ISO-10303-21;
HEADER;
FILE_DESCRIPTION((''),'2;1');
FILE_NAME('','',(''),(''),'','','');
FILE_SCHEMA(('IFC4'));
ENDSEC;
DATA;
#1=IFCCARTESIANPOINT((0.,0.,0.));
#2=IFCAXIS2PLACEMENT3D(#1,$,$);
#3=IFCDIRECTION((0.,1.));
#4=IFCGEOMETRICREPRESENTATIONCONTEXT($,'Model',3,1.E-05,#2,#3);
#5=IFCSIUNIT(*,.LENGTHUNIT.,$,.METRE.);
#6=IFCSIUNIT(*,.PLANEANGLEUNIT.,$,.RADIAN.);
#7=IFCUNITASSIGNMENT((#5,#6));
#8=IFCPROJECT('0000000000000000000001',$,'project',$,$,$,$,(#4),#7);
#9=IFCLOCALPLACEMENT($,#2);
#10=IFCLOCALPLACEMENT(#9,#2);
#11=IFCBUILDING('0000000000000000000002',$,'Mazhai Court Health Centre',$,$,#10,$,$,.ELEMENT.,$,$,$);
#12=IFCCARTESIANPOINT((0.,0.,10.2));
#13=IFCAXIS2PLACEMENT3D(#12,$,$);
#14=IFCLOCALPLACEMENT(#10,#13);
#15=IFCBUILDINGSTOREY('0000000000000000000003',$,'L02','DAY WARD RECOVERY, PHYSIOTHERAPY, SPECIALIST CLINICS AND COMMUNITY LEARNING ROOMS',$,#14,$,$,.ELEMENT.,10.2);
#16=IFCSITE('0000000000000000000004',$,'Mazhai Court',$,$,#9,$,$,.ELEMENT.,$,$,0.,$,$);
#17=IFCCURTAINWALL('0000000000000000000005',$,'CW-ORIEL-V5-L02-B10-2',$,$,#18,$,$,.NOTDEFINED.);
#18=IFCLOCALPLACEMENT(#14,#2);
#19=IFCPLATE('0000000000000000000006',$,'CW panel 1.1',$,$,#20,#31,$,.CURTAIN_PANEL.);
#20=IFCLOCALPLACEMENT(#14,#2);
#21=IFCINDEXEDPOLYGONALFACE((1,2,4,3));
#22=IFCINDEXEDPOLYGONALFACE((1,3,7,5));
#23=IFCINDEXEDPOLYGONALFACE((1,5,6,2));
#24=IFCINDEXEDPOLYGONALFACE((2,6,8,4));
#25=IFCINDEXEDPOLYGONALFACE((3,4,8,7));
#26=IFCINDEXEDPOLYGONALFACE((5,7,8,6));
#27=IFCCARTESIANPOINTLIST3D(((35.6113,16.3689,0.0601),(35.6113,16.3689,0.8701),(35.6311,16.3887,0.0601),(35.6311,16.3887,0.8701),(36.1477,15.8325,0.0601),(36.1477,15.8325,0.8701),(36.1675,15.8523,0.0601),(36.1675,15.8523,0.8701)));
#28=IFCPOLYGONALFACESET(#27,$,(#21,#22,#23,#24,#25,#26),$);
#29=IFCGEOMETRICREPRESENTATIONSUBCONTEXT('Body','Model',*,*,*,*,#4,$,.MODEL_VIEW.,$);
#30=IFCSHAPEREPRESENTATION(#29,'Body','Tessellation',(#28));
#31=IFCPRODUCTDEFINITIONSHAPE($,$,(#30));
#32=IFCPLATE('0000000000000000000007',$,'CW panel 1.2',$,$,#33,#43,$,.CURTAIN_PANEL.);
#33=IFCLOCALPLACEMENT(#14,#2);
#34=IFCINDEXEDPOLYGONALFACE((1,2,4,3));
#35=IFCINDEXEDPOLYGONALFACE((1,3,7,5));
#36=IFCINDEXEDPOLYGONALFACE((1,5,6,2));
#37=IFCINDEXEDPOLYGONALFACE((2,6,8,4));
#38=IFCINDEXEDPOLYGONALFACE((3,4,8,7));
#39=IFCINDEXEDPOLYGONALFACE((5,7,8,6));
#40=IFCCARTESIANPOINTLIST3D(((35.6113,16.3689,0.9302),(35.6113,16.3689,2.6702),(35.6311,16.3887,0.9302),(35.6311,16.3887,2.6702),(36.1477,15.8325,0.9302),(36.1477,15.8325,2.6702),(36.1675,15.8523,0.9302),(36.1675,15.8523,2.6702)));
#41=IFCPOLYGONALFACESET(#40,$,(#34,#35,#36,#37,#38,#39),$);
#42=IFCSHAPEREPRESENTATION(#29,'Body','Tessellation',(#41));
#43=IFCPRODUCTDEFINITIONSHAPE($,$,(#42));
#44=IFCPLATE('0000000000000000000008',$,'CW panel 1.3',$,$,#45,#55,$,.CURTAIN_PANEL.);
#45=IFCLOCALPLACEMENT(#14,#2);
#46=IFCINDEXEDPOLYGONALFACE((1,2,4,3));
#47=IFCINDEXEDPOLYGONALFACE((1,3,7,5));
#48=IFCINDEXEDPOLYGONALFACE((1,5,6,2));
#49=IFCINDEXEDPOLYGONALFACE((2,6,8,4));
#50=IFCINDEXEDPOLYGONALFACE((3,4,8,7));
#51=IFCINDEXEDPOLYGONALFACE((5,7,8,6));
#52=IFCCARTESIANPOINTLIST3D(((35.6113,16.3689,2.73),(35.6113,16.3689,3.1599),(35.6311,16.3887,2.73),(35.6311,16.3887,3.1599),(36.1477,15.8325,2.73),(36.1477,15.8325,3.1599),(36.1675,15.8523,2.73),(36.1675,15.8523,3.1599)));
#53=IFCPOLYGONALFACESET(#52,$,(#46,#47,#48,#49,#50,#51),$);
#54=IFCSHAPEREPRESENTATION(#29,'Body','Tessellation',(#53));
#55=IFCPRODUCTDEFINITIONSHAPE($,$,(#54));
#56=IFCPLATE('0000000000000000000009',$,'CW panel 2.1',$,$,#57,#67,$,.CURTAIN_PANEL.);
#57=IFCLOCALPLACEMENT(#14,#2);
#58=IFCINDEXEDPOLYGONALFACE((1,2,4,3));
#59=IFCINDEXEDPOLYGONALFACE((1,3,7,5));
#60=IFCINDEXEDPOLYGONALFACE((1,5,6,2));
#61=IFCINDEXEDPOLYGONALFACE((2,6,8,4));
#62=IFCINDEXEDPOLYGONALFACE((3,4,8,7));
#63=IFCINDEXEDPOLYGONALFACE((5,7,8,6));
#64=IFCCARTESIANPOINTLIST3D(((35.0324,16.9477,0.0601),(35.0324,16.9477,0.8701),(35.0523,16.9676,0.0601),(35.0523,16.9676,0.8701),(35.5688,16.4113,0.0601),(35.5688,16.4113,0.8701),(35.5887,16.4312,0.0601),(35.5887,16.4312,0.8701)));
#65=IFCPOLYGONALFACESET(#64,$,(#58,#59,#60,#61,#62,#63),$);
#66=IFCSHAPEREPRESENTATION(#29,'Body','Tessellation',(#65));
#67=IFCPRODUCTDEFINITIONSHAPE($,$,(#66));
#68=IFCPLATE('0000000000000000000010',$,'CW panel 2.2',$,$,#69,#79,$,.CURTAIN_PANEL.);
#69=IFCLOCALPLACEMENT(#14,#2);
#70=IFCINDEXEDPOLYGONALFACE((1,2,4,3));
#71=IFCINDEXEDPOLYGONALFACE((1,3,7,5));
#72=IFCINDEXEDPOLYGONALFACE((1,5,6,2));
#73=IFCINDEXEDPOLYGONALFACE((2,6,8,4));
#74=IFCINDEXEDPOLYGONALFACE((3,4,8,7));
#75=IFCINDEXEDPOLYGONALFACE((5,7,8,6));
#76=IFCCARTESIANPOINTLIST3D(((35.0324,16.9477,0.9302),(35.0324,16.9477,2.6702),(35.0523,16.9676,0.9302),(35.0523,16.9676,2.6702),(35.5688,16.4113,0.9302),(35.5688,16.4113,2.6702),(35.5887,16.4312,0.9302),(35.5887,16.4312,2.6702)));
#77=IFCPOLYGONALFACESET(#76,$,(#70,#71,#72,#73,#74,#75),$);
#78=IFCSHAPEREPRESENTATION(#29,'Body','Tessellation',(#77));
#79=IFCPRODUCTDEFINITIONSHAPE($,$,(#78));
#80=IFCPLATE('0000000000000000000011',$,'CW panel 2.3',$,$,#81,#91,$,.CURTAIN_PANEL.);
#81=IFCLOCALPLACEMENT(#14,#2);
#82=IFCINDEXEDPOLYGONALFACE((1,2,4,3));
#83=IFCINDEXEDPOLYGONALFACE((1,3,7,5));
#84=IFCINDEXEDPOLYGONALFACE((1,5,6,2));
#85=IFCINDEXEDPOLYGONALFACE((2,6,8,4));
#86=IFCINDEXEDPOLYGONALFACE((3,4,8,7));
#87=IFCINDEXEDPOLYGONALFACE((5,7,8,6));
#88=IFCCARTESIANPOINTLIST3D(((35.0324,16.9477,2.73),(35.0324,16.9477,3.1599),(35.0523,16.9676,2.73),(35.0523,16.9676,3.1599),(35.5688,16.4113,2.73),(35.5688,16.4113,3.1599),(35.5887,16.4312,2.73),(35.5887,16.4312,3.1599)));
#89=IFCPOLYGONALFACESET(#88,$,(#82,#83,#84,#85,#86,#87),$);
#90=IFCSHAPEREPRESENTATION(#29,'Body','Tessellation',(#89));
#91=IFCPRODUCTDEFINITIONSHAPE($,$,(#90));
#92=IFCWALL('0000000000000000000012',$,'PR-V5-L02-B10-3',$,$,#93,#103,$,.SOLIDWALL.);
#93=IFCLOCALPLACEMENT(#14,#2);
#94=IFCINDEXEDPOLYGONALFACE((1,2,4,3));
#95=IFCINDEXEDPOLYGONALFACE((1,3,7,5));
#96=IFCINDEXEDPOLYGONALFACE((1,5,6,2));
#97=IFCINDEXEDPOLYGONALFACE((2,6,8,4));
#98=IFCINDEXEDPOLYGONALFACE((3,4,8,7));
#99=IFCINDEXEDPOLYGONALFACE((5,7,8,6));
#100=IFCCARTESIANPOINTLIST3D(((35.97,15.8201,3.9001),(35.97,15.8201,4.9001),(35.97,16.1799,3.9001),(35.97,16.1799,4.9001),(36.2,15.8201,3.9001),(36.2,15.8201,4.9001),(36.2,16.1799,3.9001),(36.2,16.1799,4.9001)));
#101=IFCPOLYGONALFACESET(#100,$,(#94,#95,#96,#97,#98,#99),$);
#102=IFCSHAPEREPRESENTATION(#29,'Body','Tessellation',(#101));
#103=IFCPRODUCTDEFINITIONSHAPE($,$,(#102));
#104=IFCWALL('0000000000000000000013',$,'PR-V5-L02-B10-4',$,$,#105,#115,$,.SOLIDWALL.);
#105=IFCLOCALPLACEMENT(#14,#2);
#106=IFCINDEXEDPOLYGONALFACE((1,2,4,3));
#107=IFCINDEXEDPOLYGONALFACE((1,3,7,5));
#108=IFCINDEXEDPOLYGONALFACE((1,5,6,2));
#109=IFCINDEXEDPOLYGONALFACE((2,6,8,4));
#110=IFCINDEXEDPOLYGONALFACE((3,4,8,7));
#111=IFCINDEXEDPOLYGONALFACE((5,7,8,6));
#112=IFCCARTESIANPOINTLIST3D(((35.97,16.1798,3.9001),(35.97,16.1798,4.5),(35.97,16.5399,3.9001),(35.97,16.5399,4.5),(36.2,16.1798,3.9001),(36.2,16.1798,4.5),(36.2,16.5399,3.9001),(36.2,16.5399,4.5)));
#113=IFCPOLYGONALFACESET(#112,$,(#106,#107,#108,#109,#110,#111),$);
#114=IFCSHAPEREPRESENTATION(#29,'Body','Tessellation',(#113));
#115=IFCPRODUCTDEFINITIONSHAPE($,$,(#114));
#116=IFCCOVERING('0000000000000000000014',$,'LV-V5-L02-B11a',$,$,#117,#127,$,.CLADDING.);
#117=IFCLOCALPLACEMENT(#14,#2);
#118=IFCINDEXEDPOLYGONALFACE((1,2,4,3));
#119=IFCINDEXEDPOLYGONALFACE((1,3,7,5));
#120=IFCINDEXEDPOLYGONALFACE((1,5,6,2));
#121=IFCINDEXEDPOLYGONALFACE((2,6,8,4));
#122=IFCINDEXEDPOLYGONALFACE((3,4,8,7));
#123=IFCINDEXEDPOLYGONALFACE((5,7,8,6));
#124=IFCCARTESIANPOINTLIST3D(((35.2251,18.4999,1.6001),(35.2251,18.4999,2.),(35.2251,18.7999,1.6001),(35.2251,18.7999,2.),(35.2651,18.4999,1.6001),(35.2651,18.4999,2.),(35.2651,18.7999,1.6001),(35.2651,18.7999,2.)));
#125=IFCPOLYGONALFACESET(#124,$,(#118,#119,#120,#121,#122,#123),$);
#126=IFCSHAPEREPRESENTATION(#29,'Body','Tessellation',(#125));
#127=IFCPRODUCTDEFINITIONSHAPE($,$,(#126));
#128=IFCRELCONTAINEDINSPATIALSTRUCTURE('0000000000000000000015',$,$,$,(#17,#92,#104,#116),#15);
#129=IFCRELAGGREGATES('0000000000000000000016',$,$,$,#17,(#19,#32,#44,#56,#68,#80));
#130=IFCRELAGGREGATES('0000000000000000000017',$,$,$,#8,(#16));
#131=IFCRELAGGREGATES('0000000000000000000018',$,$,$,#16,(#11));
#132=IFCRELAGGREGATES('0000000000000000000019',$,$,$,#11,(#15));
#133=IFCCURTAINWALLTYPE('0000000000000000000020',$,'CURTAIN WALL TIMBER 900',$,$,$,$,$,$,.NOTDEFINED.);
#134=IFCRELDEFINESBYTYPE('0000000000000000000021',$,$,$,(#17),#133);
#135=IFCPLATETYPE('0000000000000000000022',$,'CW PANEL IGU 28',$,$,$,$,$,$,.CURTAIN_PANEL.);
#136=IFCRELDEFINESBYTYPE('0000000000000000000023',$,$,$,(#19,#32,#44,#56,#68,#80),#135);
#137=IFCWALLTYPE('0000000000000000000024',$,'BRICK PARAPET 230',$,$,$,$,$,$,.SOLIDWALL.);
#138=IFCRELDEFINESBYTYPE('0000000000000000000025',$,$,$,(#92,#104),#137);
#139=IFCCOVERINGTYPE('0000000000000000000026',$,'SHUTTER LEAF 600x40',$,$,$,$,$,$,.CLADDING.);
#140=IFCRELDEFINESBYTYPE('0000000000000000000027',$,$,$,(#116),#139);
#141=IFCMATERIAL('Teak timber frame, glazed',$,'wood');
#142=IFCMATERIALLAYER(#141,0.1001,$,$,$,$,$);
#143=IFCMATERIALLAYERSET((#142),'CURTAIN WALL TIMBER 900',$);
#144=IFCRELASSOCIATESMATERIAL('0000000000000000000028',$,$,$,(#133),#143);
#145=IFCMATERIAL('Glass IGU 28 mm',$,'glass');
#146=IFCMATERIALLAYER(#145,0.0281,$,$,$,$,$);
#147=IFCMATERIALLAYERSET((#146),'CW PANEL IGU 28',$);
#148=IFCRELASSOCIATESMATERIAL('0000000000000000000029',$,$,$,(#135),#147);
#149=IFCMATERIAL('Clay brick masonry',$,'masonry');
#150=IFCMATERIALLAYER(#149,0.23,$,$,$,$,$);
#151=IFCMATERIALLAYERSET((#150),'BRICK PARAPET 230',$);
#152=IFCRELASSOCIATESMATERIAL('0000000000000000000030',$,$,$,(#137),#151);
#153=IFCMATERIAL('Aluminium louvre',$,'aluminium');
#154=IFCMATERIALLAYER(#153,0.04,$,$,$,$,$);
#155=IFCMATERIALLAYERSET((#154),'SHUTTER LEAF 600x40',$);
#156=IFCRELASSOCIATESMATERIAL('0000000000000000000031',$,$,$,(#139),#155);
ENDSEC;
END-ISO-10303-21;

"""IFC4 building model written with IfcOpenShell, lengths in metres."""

from ifc_helpers import new_model, si_unit, direction, frame, frame_2d, origin, origin_2d, place, context, subcontext, project, spatial, rectangle, extrude, material, layer, layer_set, type_object, element, aggregate, save


model = new_model("IFC4")

# Units and contexts
model_context = context("Model", 3, precision=1e-05, world=origin(), true_north=direction((0.0, 1.0)))
body_context = subcontext(model_context, "Body", "Model", "MODEL_VIEW")
ifc_project = project(units=[si_unit("LENGTHUNIT", "METRE"), si_unit("PLANEANGLEUNIT", "RADIAN")], contexts=[model_context])

# Site, building, storey
site_placement = place(None, origin())
site = spatial("IfcSite", under=ifc_project, at=site_placement, Name="Mazhai Court", CompositionType="ELEMENT", RefElevation=0.0)
building_placement = place(site_placement, origin())
building = spatial("IfcBuilding", under=site, at=building_placement, Name="Mazhai Court Health Centre", CompositionType="ELEMENT")
storey_placement = place(building_placement, frame((0.0, 0.0, 10.2)))
storey = spatial("IfcBuildingStorey", under=building, at=storey_placement, Name="L02", Description="DAY WARD RECOVERY, PHYSIOTHERAPY, SPECIALIST CLINICS AND COMMUNITY LEARNING ROOMS", CompositionType="ELEMENT", Elevation=10.2)

# Curtain wall
ifc_material_1 = material(Name="Teak timber frame, glazed", Category="wood")
ifc_layer_1 = layer(ifc_material_1, 0.1001)
ifc_layer_set_1 = layer_set([ifc_layer_1], Name="CURTAIN WALL TIMBER 900")
curtain_wall_type = type_object("IfcCurtainWallType", Name="CURTAIN WALL TIMBER 900", PredefinedType="NOTDEFINED", material=ifc_layer_set_1)
curtain_wall_placement = place(storey_placement, origin())
curtain_wall = element("IfcCurtainWall", 1, at=curtain_wall_placement, inside=storey, type_object=curtain_wall_type, Name="CW-ORIEL-V5-L02-B10-2", PredefinedType="NOTDEFINED")

# Plates
ifc_material_2 = material(Name="Glass IGU 28 mm", Category="glass")
ifc_layer_2 = layer(ifc_material_2, 0.0281)
ifc_layer_set_2 = layer_set([ifc_layer_2], Name="CW PANEL IGU 28")
plate_type = type_object("IfcPlateType", Name="CW PANEL IGU 28", PredefinedType="CURTAIN_PANEL", material=ifc_layer_set_2)
plate_1_placement = place(storey_placement, frame((35.8894, 16.1106, 0.0601), z_axis=(0.0, 0.0, 1.0), x_axis=(-0.707107, 0.707107, 0.0)))
plate_1 = element("IfcPlate", 2, at=plate_1_placement, type_object=plate_type, Name="CW panel 1.1", PredefinedType="CURTAIN_PANEL", context=body_context, shape_type="SweptSolid", body=[
    extrude(rectangle(XDim=0.7585, YDim=0.0281, at=origin_2d()), origin(), (0.0, 0.0, 1.0), 0.8101),
])
plate_2_placement = place(storey_placement, frame((35.8894, 16.1106, 0.9302), z_axis=(0.0, 0.0, 1.0), x_axis=(-0.707107, 0.707107, 0.0)))
plate_2 = element("IfcPlate", 3, at=plate_2_placement, type_object=plate_type, Name="CW panel 1.2", PredefinedType="CURTAIN_PANEL", context=body_context, shape_type="SweptSolid", body=[
    extrude(rectangle(XDim=0.7585, YDim=0.0281, at=origin_2d()), origin(), (0.0, 0.0, 1.0), 1.74),
])
plate_3_placement = place(storey_placement, frame((35.8894, 16.1106, 2.73), z_axis=(0.0, 0.0, 1.0), x_axis=(-0.707107, 0.707107, 0.0)))
plate_3 = element("IfcPlate", 4, at=plate_3_placement, type_object=plate_type, Name="CW panel 1.3", PredefinedType="CURTAIN_PANEL", context=body_context, shape_type="SweptSolid", body=[
    extrude(rectangle(XDim=0.7585, YDim=0.0281, at=origin_2d()), origin(), (0.0, 0.0, 1.0), 0.4299),
])
plate_4_placement = place(storey_placement, frame((35.3105, 16.6895, 0.0601), z_axis=(0.0, 0.0, 1.0), x_axis=(-0.707107, 0.707107, 0.0)))
plate_4 = element("IfcPlate", 5, at=plate_4_placement, type_object=plate_type, Name="CW panel 2.1", PredefinedType="CURTAIN_PANEL", context=body_context, shape_type="SweptSolid", body=[
    extrude(rectangle(XDim=0.7585, YDim=0.0281, at=origin_2d()), origin(), (0.0, 0.0, 1.0), 0.8101),
])
plate_5_placement = place(storey_placement, frame((35.3105, 16.6895, 0.9302), z_axis=(0.0, 0.0, 1.0), x_axis=(-0.707107, 0.707107, 0.0)))
plate_5 = element("IfcPlate", 6, at=plate_5_placement, type_object=plate_type, Name="CW panel 2.2", PredefinedType="CURTAIN_PANEL", context=body_context, shape_type="SweptSolid", body=[
    extrude(rectangle(XDim=0.7585, YDim=0.0281, at=origin_2d()), origin(), (0.0, 0.0, 1.0), 1.74),
])
plate_6_placement = place(storey_placement, frame((35.3105, 16.6895, 2.73), z_axis=(0.0, 0.0, 1.0), x_axis=(-0.707107, 0.707107, 0.0)))
plate_6 = element("IfcPlate", 7, at=plate_6_placement, type_object=plate_type, Name="CW panel 2.3", PredefinedType="CURTAIN_PANEL", context=body_context, shape_type="SweptSolid", body=[
    extrude(rectangle(XDim=0.7585, YDim=0.0281, at=origin_2d()), origin(), (0.0, 0.0, 1.0), 0.4299),
])
aggregate(curtain_wall, [plate_1, plate_2, plate_3, plate_4, plate_5, plate_6])

# Walls
ifc_material_3 = material(Name="Clay brick masonry", Category="masonry")
ifc_layer_3 = layer(ifc_material_3, 0.23)
ifc_layer_set_3 = layer_set([ifc_layer_3], Name="BRICK PARAPET 230")
wall_type = type_object("IfcWallType", Name="BRICK PARAPET 230", PredefinedType="SOLIDWALL", material=ifc_layer_set_3)
wall_1_placement = place(storey_placement, frame((36.085, 16.1799, 3.9001), z_axis=(0.0, 0.0, 1.0), x_axis=(0.0, -1.0, 0.0)))
element("IfcWall", 8, at=wall_1_placement, inside=storey, type_object=wall_type, Name="PR-V5-L02-B10-3", PredefinedType="SOLIDWALL", context=body_context, shape_type="SweptSolid", body=[
    extrude(rectangle(XDim=0.3599, YDim=0.23, at=frame_2d((0.1799, 0.0))), origin(), (0.0, 0.0, 1.0), 1.0),
])
wall_2_placement = place(storey_placement, frame((36.085, 16.54, 3.9001), z_axis=(0.0, 0.0, 1.0), x_axis=(0.0, -1.0, 0.0)))
element("IfcWall", 9, at=wall_2_placement, inside=storey, type_object=wall_type, Name="PR-V5-L02-B10-4", PredefinedType="SOLIDWALL", context=body_context, shape_type="SweptSolid", body=[
    extrude(rectangle(XDim=0.3601, YDim=0.23, at=frame_2d((0.1802, 0.0))), origin(), (0.0, 0.0, 1.0), 0.5999),
])

# Covering
ifc_material_4 = material(Name="Aluminium louvre", Category="aluminium")
ifc_layer_4 = layer(ifc_material_4, 0.04)
ifc_layer_set_4 = layer_set([ifc_layer_4], Name="SHUTTER LEAF 600x40")
covering_type = type_object("IfcCoveringType", Name="SHUTTER LEAF 600x40", PredefinedType="CLADDING", material=ifc_layer_set_4)
covering_placement = place(storey_placement, frame((35.2451, 18.6499, 1.6001), z_axis=(0.0, 0.0, 1.0), x_axis=(0.0, 1.0, 0.0)))
element("IfcCovering", 10, at=covering_placement, inside=storey, type_object=covering_type, Name="LV-V5-L02-B11a", PredefinedType="CLADDING", context=body_context, shape_type="SweptSolid", body=[
    extrude(rectangle(XDim=0.3, YDim=0.04, at=origin_2d()), origin(), (0.0, 0.0, 1.0), 0.3999),
])

save(model, "model.ifc")
